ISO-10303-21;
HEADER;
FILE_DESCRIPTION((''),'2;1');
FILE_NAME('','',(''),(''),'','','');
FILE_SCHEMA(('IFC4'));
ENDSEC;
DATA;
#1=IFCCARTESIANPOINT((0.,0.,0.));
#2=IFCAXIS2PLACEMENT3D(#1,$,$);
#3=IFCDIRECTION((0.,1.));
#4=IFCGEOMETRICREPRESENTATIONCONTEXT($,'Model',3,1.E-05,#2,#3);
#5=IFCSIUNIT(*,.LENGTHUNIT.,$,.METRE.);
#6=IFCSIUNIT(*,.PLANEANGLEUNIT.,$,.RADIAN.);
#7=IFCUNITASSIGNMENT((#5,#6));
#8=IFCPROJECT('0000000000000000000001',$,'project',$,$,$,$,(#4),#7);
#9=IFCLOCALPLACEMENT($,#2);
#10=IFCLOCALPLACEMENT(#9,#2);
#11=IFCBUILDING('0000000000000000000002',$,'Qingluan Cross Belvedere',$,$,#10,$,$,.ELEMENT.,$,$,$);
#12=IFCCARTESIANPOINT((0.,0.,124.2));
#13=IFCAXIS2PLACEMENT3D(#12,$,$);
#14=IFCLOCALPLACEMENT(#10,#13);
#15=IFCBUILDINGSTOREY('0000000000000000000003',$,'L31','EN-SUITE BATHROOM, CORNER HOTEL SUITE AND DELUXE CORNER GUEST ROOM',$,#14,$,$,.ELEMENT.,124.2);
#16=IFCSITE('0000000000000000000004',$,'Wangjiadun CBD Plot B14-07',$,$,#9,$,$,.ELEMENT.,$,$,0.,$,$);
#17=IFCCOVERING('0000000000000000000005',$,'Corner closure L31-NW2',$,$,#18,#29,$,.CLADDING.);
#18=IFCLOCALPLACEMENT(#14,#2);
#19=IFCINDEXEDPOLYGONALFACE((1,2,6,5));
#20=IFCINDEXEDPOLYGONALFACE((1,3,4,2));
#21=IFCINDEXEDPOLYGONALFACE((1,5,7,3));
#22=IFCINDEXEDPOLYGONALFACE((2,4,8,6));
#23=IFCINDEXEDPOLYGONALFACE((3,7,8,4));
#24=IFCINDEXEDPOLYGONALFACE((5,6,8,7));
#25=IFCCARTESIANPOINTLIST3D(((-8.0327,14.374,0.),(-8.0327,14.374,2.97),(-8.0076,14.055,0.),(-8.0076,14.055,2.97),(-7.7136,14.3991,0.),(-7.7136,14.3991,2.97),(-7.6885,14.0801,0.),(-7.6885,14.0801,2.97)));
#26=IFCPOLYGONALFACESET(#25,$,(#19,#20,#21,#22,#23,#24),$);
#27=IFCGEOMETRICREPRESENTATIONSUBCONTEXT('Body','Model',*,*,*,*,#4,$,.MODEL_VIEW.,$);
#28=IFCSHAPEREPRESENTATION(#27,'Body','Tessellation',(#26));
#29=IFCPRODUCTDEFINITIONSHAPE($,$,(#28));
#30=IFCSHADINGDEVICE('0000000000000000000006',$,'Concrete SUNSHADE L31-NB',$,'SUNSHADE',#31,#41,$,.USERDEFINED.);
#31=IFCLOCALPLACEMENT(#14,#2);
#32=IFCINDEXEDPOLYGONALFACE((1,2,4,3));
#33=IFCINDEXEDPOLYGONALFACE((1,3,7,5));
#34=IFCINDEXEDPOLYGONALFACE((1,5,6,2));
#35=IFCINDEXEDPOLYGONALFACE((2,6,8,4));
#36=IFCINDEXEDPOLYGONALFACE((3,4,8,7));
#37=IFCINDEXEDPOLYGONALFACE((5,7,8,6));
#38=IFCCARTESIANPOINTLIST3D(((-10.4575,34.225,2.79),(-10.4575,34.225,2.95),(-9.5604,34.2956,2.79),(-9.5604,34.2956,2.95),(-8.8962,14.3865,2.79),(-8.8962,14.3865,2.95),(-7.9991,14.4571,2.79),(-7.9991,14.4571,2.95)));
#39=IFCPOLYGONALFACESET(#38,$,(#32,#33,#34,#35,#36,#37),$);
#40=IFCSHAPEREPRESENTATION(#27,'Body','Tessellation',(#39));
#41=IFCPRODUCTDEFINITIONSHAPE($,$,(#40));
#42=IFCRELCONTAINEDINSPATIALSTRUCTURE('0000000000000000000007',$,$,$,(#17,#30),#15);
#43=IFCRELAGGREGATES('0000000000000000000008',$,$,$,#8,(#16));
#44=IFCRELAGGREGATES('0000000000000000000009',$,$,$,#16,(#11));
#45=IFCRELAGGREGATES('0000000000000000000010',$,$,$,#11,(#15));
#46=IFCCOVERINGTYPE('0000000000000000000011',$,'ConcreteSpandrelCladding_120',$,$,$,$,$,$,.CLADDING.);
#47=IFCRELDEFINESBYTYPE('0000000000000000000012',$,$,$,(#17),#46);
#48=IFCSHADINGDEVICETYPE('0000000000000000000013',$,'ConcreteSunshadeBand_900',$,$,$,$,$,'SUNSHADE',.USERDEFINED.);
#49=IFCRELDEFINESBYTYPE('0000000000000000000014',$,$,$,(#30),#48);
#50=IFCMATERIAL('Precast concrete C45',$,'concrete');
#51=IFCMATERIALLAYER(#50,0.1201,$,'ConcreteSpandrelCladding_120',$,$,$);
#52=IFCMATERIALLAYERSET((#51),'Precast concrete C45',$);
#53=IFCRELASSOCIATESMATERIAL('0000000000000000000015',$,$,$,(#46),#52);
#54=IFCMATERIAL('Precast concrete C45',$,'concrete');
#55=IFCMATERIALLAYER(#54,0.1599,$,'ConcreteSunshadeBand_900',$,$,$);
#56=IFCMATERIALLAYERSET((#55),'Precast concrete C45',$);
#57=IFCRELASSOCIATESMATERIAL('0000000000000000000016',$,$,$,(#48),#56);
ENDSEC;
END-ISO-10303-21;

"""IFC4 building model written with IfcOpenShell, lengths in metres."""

from ifc_helpers import new_model, si_unit, direction, frame, origin, origin_2d, place, context, subcontext, project, spatial, rectangle, extrude, material, layer, layer_set, type_object, element, save


model = new_model("IFC4")

# Units and contexts
model_context = context("Model", 3, precision=1e-05, world=origin(), true_north=direction((0.0, 1.0)))
body_context = subcontext(model_context, "Body", "Model", "MODEL_VIEW")
ifc_project = project(units=[si_unit("LENGTHUNIT", "METRE"), si_unit("PLANEANGLEUNIT", "RADIAN")], contexts=[model_context])

# Site, building, storey
site_placement = place(None, origin())
site = spatial("IfcSite", under=ifc_project, at=site_placement, Name="Wangjiadun CBD Plot B14-07", CompositionType="ELEMENT", RefElevation=0.0)
building_placement = place(site_placement, origin())
building = spatial("IfcBuilding", under=site, at=building_placement, Name="Qingluan Cross Belvedere", CompositionType="ELEMENT")
storey_placement = place(building_placement, frame((0.0, 0.0, 124.2)))
storey = spatial("IfcBuildingStorey", under=building, at=storey_placement, Name="L31", Description="EN-SUITE BATHROOM, CORNER HOTEL SUITE AND DELUXE CORNER GUEST ROOM", CompositionType="ELEMENT", Elevation=124.2)

# Covering
ifc_material_1 = material(Name="Precast concrete C45", Category="concrete")
ifc_layer_1 = layer(ifc_material_1, 0.1201, Name="ConcreteSpandrelCladding_120")
ifc_layer_set_1 = layer_set([ifc_layer_1], Name="Precast concrete C45")
covering_type = type_object("IfcCoveringType", Name="ConcreteSpandrelCladding_120", PredefinedType="CLADDING", material=ifc_layer_set_1)
covering_placement = place(storey_placement, frame((-7.8606, 14.2271, 0.0), z_axis=(0.0, 0.0, 1.0), x_axis=(0.996917, 0.078459, 0.0)))
element("IfcCovering", 1, at=covering_placement, inside=storey, type_object=covering_type, Name="Corner closure L31-NW2", PredefinedType="CLADDING", context=body_context, shape_type="SweptSolid", body=[
    extrude(rectangle(XDim=0.3201, YDim=0.3201, at=origin_2d()), origin(), (0.0, 0.0, 1.0), 2.97),
])

# Shading device
ifc_material_2 = material(Name="Precast concrete C45", Category="concrete")
ifc_layer_2 = layer(ifc_material_2, 0.1599, Name="ConcreteSunshadeBand_900")
ifc_layer_set_2 = layer_set([ifc_layer_2], Name="Precast concrete C45")
shading_device_type = type_object("IfcShadingDeviceType", Name="ConcreteSunshadeBand_900", ElementType="SUNSHADE", PredefinedType="USERDEFINED", material=ifc_layer_set_2)
shading_device_placement = place(storey_placement, frame((-9.2283, 24.3411, 2.79), z_axis=(0.0, 0.0, 1.0), x_axis=(0.078458, -0.996917, 0.0)))
element("IfcShadingDevice", 2, at=shading_device_placement, inside=storey, type_object=shading_device_type, Name="Concrete SUNSHADE L31-NB", ObjectType="SUNSHADE", PredefinedType="USERDEFINED", context=body_context, shape_type="SweptSolid", body=[
    extrude(rectangle(XDim=19.8999, YDim=0.8999, at=origin_2d()), origin(), (0.0, 0.0, 1.0), 0.1599),
])

save(model, "model.ifc")
